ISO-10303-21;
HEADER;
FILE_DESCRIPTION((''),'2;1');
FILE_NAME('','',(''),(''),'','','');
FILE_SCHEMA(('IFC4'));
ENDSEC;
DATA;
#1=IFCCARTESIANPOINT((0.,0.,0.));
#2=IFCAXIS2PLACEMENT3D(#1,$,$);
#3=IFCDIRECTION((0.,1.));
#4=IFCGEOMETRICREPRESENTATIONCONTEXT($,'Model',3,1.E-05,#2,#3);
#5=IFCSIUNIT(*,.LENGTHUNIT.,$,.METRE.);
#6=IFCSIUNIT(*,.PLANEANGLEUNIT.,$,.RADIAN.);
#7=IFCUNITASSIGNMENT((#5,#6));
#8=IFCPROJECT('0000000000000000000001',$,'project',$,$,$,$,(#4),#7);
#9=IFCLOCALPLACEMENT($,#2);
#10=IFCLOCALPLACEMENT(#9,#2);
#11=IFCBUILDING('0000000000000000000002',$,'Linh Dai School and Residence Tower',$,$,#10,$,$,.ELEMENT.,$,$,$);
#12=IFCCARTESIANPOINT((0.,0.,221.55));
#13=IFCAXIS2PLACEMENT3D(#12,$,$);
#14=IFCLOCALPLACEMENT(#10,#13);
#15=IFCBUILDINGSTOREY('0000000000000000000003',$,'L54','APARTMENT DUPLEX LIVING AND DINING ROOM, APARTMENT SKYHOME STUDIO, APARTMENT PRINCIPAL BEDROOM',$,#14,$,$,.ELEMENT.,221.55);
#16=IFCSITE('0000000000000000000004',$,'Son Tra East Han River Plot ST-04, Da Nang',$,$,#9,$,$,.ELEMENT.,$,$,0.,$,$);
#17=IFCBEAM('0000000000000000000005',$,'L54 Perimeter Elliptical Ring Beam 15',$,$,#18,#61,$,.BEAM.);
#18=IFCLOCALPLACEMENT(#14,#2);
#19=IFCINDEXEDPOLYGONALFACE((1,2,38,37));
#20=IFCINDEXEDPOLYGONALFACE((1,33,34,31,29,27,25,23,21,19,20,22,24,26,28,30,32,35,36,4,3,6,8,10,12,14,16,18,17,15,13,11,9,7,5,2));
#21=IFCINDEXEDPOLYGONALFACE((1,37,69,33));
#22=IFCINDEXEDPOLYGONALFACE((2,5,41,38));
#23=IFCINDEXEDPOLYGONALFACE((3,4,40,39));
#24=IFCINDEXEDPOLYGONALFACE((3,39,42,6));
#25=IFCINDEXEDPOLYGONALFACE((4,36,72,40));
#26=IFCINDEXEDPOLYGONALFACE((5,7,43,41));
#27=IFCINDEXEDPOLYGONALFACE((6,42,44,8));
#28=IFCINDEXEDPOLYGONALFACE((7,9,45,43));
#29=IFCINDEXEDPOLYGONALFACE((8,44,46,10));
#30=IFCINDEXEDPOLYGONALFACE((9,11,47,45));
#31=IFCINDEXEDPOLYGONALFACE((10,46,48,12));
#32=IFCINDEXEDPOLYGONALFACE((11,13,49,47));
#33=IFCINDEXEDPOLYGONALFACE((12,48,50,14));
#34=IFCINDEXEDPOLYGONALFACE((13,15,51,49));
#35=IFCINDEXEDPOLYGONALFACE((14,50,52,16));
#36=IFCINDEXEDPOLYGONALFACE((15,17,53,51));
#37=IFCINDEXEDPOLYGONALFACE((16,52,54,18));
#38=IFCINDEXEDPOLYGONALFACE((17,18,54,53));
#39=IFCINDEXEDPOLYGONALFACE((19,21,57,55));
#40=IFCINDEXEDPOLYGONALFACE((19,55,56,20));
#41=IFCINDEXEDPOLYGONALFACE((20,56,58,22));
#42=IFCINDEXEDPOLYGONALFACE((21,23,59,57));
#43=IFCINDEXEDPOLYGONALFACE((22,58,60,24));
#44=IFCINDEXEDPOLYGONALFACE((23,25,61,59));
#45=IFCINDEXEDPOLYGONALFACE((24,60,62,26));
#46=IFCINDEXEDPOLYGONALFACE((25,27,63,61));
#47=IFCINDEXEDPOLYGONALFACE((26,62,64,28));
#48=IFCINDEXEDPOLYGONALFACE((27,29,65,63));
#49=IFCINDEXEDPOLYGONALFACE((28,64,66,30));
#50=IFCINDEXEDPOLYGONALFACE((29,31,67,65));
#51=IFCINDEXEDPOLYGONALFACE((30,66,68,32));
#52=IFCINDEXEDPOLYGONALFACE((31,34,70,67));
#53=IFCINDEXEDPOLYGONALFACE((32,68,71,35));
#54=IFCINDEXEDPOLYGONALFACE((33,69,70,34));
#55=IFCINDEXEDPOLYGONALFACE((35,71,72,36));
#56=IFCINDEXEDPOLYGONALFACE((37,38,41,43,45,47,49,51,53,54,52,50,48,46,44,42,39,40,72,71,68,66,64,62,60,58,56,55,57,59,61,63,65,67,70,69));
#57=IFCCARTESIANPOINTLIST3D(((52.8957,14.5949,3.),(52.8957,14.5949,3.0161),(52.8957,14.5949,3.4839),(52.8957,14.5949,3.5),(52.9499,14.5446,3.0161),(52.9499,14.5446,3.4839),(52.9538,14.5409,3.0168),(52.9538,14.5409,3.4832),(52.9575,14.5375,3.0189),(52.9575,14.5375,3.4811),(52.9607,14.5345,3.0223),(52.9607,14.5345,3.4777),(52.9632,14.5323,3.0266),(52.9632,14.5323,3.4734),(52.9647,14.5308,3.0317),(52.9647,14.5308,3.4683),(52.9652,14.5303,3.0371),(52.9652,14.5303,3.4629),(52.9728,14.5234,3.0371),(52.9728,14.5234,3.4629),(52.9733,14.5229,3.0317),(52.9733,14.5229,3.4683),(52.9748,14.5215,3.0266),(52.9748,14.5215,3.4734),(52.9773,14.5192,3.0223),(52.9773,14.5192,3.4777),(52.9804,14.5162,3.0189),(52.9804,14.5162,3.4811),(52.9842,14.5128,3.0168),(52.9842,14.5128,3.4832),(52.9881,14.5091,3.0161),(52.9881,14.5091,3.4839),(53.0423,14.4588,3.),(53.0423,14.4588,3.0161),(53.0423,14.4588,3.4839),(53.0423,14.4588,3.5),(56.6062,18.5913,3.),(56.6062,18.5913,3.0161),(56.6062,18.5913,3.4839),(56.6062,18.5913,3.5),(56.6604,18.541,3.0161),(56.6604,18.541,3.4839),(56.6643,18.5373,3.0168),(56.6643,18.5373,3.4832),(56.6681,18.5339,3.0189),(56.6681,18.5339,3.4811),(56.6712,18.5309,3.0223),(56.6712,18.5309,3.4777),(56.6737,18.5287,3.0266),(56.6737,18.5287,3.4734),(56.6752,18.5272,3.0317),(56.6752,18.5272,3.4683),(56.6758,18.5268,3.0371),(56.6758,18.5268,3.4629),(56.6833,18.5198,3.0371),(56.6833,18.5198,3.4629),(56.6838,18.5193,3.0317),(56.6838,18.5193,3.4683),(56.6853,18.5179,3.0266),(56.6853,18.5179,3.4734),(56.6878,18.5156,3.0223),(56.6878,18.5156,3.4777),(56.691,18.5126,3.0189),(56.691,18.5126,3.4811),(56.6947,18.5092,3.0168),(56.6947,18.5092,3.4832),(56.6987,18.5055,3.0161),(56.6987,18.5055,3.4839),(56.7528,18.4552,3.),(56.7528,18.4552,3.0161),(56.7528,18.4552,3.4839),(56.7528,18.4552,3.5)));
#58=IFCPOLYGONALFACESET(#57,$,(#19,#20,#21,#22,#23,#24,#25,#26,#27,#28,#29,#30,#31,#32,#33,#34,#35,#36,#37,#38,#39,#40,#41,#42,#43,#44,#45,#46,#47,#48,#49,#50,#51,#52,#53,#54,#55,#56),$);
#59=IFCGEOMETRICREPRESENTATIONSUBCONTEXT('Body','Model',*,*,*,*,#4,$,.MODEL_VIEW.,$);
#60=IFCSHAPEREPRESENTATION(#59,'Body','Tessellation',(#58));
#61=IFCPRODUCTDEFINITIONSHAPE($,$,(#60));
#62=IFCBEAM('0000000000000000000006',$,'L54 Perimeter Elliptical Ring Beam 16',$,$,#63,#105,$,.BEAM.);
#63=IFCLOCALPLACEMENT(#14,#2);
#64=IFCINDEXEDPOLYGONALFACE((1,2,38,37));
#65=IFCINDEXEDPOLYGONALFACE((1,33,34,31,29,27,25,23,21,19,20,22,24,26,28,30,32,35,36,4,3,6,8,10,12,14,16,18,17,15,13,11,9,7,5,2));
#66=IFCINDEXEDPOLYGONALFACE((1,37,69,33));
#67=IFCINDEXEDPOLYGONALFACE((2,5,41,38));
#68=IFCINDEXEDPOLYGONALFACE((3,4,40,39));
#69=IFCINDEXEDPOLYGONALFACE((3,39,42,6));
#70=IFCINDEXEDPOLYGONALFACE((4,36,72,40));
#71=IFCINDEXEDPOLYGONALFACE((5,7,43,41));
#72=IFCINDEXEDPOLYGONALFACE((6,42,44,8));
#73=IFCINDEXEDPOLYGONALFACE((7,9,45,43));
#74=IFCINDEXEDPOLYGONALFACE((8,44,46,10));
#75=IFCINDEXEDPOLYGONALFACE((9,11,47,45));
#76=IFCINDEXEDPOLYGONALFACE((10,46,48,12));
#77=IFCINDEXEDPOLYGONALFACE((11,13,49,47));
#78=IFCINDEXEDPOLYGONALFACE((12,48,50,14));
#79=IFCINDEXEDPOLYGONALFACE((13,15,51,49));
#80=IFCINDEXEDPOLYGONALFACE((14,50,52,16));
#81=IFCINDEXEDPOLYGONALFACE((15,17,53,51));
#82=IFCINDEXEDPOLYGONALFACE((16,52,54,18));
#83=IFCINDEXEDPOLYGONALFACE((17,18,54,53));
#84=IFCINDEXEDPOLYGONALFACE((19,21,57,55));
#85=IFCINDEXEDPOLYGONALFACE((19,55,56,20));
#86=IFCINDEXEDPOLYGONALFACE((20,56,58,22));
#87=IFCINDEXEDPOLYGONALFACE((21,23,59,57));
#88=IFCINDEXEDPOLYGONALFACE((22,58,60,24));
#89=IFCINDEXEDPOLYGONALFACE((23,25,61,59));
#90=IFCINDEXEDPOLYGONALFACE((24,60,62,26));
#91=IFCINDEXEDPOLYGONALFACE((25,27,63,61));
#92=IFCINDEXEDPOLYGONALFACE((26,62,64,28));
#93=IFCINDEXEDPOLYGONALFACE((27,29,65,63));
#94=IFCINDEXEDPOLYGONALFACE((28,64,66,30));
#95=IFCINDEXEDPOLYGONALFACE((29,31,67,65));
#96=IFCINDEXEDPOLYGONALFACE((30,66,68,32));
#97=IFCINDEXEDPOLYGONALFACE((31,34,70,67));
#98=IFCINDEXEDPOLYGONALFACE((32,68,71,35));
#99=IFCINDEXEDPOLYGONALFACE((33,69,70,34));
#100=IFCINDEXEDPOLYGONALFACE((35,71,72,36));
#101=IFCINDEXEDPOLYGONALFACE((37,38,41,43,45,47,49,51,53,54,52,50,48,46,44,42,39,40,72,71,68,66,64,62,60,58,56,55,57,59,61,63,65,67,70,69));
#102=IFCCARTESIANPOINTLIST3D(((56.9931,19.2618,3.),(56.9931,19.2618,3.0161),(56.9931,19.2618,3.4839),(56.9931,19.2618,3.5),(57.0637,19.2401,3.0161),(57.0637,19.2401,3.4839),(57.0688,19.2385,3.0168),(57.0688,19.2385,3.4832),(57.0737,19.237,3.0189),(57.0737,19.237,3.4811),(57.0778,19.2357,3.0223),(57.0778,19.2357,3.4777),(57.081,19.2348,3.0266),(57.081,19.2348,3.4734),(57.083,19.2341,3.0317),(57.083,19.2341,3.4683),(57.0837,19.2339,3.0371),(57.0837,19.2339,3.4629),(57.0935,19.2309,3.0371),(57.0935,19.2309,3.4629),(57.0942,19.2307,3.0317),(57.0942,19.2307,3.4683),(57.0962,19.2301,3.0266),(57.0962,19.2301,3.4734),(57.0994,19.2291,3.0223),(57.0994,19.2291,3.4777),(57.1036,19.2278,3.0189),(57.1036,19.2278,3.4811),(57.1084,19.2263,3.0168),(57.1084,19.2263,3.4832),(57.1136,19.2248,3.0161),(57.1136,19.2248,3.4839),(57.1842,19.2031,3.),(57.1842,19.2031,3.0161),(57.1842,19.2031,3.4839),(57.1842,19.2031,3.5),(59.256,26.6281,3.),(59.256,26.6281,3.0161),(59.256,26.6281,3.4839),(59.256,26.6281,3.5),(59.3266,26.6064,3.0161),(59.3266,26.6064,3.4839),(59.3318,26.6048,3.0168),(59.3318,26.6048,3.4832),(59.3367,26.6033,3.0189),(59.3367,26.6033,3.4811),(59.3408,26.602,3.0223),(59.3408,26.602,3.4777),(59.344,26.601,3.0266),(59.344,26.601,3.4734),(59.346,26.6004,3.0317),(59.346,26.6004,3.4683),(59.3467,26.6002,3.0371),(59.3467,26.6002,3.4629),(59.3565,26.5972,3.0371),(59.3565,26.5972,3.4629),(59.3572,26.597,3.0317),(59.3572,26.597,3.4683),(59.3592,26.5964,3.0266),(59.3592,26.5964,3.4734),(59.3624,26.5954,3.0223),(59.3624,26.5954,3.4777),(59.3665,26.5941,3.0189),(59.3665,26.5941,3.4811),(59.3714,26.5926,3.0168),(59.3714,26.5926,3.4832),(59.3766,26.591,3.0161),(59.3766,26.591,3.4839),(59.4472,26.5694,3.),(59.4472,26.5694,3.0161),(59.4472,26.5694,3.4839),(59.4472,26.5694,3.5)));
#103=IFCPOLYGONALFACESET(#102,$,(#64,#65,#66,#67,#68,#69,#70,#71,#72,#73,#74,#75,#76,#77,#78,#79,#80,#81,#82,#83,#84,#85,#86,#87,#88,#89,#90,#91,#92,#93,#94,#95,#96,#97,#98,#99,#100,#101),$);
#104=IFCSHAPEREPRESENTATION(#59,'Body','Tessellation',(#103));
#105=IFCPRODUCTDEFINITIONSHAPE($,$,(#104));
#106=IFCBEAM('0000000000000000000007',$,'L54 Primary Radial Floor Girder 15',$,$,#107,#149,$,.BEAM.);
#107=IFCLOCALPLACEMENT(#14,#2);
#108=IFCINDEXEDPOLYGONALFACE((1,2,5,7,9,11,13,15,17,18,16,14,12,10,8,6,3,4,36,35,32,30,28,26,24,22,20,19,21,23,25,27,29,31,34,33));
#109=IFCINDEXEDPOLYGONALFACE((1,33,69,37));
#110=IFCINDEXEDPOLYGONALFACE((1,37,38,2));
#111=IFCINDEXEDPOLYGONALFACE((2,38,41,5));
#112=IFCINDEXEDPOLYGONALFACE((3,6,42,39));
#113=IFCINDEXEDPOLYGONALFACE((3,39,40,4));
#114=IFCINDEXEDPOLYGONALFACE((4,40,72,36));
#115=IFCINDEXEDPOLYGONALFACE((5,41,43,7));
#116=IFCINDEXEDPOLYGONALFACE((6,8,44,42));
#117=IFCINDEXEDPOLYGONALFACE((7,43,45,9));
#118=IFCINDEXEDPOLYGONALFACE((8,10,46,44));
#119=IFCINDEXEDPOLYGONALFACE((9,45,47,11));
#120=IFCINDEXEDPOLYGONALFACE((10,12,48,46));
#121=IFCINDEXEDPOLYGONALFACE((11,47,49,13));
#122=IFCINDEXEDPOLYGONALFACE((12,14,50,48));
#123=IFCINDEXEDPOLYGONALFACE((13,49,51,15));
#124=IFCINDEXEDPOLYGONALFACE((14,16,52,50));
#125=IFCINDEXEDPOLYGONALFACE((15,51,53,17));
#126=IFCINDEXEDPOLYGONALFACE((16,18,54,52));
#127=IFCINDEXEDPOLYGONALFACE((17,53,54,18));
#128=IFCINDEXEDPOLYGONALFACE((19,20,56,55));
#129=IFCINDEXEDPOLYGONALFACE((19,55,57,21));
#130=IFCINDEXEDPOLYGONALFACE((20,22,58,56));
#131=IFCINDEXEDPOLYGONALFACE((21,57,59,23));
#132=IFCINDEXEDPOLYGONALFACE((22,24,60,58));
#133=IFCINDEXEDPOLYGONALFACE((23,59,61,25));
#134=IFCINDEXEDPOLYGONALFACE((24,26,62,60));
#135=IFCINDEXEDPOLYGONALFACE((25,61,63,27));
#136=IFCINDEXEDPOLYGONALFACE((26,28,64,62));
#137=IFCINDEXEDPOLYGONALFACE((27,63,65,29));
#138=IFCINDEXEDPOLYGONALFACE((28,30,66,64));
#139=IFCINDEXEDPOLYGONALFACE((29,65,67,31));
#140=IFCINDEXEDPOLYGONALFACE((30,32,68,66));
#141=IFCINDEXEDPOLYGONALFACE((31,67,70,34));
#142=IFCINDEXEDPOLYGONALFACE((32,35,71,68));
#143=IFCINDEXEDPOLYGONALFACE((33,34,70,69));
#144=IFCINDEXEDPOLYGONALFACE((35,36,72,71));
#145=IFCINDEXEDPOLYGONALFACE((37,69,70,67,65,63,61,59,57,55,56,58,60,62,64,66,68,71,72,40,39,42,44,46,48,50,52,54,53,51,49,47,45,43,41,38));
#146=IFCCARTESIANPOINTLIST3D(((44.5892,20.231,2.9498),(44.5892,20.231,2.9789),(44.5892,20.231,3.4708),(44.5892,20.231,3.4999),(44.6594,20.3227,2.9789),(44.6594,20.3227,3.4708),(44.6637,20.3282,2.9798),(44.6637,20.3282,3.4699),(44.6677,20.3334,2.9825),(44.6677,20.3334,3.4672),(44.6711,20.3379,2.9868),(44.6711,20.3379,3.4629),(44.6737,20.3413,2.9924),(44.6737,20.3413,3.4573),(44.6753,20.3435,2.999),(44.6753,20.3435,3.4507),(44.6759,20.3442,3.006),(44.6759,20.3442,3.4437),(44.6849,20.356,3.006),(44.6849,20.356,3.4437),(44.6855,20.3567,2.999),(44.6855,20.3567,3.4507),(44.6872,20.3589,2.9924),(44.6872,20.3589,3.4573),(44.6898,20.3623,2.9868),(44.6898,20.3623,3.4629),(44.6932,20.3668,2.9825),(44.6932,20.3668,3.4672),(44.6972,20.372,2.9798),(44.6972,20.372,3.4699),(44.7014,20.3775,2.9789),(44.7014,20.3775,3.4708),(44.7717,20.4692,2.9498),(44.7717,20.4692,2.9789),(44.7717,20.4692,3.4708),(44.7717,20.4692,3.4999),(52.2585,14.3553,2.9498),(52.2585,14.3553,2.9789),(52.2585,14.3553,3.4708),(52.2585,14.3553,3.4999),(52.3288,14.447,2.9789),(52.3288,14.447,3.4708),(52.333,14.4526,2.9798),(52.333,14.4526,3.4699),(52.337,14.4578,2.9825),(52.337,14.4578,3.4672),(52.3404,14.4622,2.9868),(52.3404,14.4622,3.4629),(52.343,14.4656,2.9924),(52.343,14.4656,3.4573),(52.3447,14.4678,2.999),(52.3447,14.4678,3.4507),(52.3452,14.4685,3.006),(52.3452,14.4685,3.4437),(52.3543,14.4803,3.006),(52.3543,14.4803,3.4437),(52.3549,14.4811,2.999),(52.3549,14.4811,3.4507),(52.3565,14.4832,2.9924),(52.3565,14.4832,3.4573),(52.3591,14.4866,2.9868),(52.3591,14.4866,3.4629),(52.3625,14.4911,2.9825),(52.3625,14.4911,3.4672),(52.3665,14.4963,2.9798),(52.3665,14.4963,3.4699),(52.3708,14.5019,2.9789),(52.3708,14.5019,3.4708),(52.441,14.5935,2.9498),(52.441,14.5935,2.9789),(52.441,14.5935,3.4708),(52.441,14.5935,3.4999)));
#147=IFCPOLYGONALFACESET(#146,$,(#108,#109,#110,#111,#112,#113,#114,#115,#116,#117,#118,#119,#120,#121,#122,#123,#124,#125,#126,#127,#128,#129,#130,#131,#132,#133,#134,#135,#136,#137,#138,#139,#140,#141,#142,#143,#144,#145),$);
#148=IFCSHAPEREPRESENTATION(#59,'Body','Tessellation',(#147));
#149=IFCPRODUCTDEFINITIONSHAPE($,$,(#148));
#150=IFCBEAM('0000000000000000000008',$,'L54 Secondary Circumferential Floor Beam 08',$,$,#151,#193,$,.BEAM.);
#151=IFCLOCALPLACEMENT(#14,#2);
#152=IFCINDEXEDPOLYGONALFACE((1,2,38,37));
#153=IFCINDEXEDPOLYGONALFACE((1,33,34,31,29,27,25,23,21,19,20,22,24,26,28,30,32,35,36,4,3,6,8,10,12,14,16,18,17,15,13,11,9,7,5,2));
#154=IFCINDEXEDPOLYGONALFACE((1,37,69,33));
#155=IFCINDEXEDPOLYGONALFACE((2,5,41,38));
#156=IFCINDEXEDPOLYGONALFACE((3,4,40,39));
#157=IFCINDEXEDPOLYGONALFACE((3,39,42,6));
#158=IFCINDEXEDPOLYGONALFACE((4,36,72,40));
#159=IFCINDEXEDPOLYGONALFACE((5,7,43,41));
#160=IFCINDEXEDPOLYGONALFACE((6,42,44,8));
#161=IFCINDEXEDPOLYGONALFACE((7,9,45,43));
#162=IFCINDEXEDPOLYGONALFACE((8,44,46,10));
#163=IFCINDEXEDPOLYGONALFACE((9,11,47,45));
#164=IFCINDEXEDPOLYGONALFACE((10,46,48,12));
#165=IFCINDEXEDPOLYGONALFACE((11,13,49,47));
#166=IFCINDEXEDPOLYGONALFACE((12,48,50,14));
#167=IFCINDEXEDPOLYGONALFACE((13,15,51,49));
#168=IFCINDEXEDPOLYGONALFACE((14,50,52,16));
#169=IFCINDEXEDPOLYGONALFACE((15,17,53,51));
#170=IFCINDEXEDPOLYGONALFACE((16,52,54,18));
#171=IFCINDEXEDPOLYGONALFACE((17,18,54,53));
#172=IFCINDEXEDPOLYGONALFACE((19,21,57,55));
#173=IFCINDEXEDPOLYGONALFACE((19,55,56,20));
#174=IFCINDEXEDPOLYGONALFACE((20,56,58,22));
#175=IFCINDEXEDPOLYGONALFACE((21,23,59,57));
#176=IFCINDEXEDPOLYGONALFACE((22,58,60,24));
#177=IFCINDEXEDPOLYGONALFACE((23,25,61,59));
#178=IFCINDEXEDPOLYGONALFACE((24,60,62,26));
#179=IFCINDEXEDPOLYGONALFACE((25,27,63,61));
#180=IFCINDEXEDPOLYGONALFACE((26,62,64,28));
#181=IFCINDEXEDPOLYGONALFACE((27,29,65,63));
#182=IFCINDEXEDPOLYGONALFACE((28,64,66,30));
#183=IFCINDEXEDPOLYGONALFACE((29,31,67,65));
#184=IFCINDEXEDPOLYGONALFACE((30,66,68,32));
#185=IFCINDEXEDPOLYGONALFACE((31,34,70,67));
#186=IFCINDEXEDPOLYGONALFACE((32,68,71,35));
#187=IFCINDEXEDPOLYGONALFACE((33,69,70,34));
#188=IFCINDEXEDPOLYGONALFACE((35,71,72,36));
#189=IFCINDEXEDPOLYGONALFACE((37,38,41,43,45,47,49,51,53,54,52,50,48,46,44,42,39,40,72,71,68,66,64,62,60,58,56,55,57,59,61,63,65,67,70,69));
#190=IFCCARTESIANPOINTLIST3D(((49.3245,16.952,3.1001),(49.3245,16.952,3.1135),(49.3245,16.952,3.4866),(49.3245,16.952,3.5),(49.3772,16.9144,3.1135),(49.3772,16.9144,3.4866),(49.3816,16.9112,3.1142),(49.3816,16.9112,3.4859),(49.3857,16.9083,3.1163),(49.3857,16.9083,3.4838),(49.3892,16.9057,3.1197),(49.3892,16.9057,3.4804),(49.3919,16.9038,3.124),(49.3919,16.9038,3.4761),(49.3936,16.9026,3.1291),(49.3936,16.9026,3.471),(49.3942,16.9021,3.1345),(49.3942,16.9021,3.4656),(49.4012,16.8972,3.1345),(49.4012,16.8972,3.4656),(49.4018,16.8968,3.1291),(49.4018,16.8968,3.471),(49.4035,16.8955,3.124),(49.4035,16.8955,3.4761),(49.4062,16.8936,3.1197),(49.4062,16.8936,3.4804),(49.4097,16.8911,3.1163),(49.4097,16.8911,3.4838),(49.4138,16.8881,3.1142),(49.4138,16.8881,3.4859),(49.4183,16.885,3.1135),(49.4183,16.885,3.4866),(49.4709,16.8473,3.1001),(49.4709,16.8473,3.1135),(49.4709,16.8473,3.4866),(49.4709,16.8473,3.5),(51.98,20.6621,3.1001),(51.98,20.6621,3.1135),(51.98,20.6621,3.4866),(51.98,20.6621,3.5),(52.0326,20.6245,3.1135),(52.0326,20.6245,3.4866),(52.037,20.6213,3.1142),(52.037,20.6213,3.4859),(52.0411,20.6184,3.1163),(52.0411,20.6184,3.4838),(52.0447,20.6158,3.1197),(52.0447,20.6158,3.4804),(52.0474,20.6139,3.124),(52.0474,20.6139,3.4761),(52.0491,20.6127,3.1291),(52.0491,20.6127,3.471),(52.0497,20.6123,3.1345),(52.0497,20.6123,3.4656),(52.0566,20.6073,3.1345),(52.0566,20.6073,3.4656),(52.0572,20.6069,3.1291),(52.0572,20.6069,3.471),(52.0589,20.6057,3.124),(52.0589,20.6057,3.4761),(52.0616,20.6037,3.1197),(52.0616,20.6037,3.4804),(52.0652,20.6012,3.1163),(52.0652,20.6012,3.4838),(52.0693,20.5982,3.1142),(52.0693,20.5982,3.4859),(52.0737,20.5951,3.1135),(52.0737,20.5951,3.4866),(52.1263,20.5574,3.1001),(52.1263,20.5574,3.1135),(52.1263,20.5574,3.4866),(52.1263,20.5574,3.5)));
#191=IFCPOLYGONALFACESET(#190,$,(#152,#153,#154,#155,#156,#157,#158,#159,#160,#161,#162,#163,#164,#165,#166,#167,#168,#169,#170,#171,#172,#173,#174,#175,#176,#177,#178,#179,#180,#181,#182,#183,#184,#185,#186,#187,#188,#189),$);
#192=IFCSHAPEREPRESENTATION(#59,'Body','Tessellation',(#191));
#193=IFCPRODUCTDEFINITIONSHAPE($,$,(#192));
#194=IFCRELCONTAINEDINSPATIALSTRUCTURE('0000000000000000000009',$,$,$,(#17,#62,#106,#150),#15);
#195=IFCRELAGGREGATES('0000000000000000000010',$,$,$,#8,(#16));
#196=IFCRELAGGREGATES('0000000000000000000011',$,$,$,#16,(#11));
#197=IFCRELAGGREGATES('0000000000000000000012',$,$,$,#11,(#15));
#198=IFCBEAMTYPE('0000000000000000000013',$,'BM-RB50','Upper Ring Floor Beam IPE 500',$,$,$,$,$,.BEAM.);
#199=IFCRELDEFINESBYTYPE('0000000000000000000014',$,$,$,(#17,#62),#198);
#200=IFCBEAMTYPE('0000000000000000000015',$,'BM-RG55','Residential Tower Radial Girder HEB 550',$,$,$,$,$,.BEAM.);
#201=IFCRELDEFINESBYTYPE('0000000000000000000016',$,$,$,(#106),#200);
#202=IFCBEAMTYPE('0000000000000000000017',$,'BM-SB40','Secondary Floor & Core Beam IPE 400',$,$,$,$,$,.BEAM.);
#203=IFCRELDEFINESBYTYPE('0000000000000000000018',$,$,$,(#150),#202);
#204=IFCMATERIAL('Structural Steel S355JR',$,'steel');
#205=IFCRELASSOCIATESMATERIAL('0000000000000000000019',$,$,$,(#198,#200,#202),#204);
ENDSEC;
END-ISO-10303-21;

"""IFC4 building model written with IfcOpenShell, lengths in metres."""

from ifc_helpers import new_model, si_unit, direction, frame, origin, origin_2d, place, context, subcontext, project, spatial, i_section, extrude, material, material_profile, profile_set, type_object, element, save


model = new_model("IFC4")

# Units and contexts
model_context = context("Model", 3, precision=1e-05, world=origin(), true_north=direction((0.0, 1.0)))
body_context = subcontext(model_context, "Body", "Model", "MODEL_VIEW")
ifc_project = project(units=[si_unit("LENGTHUNIT", "METRE"), si_unit("PLANEANGLEUNIT", "RADIAN")], contexts=[model_context])

# Site, building, storey
site_placement = place(None, origin())
site = spatial("IfcSite", under=ifc_project, at=site_placement, Name="Son Tra East Han River Plot ST-04, Da Nang", CompositionType="ELEMENT", RefElevation=0.0)
building_placement = place(site_placement, origin())
building = spatial("IfcBuilding", under=site, at=building_placement, Name="Linh Dai School and Residence Tower", CompositionType="ELEMENT")
storey_placement = place(building_placement, frame((0.0, 0.0, 221.55)))
storey = spatial("IfcBuildingStorey", under=building, at=storey_placement, Name="L54", Description="APARTMENT DUPLEX LIVING AND DINING ROOM, APARTMENT SKYHOME STUDIO, APARTMENT PRINCIPAL BEDROOM", CompositionType="ELEMENT", Elevation=221.55)

# Shared definitions
ifc_material_1 = material(Name="Structural Steel S355JR", Category="steel")

# Beams
ifc_material_profile_1 = material_profile(ifc_material_1, i_section(OverallWidth=0.2, OverallDepth=0.5, WebThickness=0.0103, FlangeThickness=0.0161, FilletRadius=0.021, at=origin_2d()), Name="IPE 500")
ifc_profile_set_1 = profile_set([ifc_material_profile_1], Name="Structural Steel S355JR")
beam_type_1 = type_object("IfcBeamType", Name="BM-RB50", Description="Upper Ring Floor Beam IPE 500", PredefinedType="BEAM", material=ifc_profile_set_1)
beam_1_placement = place(storey_placement, frame((52.969, 14.5269, 3.25), z_axis=(0.680408, 0.732833, 0.0), x_axis=(-0.732833, 0.680408, 0.0)))
element("IfcBeam", 1, at=beam_1_placement, inside=storey, type_object=beam_type_1, Name="L54 Perimeter Elliptical Ring Beam 15", PredefinedType="BEAM", context=body_context, shape_type="SweptSolid", body=[
    extrude(i_section(OverallWidth=0.2, OverallDepth=0.5, WebThickness=0.0103, FlangeThickness=0.0161, FilletRadius=0.021, at=origin_2d()), origin(), (0.0, 0.0, 1.0), 5.4534),
])
beam_2_placement = place(storey_placement, frame((57.0886, 19.2324, 3.25), z_axis=(0.293661, 0.95591, 0.0), x_axis=(-0.95591, 0.293661, 0.0)))
element("IfcBeam", 2, at=beam_2_placement, inside=storey, type_object=beam_type_1, Name="L54 Perimeter Elliptical Ring Beam 16", PredefinedType="BEAM", context=body_context, shape_type="SweptSolid", body=[
    extrude(i_section(OverallWidth=0.2, OverallDepth=0.5, WebThickness=0.0103, FlangeThickness=0.0161, FilletRadius=0.021, at=origin_2d()), origin(), (0.0, 0.0, 1.0), 7.7061),
])
ifc_material_profile_2 = material_profile(ifc_material_1, i_section(OverallWidth=0.3, OverallDepth=0.55, WebThickness=0.0149, FlangeThickness=0.0291, FilletRadius=0.0271, at=origin_2d()), Name="HEB 550")
ifc_profile_set_2 = profile_set([ifc_material_profile_2], Name="Structural Steel S355JR")
beam_type_2 = type_object("IfcBeamType", Name="BM-RG55", Description="Residential Tower Radial Girder HEB 550", PredefinedType="BEAM", material=ifc_profile_set_2)
beam_3_placement = place(storey_placement, frame((44.6804, 20.3501, 3.2249), z_axis=(0.793815, -0.60816, 0.0), x_axis=(0.60816, 0.793815, 0.0)))
element("IfcBeam", 3, at=beam_3_placement, inside=storey, type_object=beam_type_2, Name="L54 Primary Radial Floor Girder 15", PredefinedType="BEAM", context=body_context, shape_type="SweptSolid", body=[
    extrude(i_section(OverallWidth=0.3, OverallDepth=0.55, WebThickness=0.0149, FlangeThickness=0.0291, FilletRadius=0.0271, at=origin_2d()), origin(), (0.0, 0.0, 1.0), 9.6614),
])
ifc_material_profile_3 = material_profile(ifc_material_1, i_section(OverallWidth=0.1799, OverallDepth=0.3999, WebThickness=0.0085, FlangeThickness=0.0134, FilletRadius=0.021, at=origin_2d()), Name="IPE 400")
ifc_profile_set_3 = profile_set([ifc_material_profile_3], Name="Structural Steel S355JR")
beam_type_3 = type_object("IfcBeamType", Name="BM-SB40", Description="Secondary Floor & Core Beam IPE 400", PredefinedType="BEAM", material=ifc_profile_set_3)
beam_4_placement = place(storey_placement, frame((49.3977, 16.8997, 3.3), z_axis=(0.582017, 0.813176, 0.0), x_axis=(-0.813176, 0.582017, 0.0)))
element("IfcBeam", 4, at=beam_4_placement, inside=storey, type_object=beam_type_3, Name="L54 Secondary Circumferential Floor Beam 08", PredefinedType="BEAM", context=body_context, shape_type="SweptSolid", body=[
    extrude(i_section(OverallWidth=0.1799, OverallDepth=0.3999, WebThickness=0.0085, FlangeThickness=0.0134, FilletRadius=0.021, at=origin_2d()), origin(), (0.0, 0.0, 1.0), 4.5625),
])

save(model, "model.ifc")
